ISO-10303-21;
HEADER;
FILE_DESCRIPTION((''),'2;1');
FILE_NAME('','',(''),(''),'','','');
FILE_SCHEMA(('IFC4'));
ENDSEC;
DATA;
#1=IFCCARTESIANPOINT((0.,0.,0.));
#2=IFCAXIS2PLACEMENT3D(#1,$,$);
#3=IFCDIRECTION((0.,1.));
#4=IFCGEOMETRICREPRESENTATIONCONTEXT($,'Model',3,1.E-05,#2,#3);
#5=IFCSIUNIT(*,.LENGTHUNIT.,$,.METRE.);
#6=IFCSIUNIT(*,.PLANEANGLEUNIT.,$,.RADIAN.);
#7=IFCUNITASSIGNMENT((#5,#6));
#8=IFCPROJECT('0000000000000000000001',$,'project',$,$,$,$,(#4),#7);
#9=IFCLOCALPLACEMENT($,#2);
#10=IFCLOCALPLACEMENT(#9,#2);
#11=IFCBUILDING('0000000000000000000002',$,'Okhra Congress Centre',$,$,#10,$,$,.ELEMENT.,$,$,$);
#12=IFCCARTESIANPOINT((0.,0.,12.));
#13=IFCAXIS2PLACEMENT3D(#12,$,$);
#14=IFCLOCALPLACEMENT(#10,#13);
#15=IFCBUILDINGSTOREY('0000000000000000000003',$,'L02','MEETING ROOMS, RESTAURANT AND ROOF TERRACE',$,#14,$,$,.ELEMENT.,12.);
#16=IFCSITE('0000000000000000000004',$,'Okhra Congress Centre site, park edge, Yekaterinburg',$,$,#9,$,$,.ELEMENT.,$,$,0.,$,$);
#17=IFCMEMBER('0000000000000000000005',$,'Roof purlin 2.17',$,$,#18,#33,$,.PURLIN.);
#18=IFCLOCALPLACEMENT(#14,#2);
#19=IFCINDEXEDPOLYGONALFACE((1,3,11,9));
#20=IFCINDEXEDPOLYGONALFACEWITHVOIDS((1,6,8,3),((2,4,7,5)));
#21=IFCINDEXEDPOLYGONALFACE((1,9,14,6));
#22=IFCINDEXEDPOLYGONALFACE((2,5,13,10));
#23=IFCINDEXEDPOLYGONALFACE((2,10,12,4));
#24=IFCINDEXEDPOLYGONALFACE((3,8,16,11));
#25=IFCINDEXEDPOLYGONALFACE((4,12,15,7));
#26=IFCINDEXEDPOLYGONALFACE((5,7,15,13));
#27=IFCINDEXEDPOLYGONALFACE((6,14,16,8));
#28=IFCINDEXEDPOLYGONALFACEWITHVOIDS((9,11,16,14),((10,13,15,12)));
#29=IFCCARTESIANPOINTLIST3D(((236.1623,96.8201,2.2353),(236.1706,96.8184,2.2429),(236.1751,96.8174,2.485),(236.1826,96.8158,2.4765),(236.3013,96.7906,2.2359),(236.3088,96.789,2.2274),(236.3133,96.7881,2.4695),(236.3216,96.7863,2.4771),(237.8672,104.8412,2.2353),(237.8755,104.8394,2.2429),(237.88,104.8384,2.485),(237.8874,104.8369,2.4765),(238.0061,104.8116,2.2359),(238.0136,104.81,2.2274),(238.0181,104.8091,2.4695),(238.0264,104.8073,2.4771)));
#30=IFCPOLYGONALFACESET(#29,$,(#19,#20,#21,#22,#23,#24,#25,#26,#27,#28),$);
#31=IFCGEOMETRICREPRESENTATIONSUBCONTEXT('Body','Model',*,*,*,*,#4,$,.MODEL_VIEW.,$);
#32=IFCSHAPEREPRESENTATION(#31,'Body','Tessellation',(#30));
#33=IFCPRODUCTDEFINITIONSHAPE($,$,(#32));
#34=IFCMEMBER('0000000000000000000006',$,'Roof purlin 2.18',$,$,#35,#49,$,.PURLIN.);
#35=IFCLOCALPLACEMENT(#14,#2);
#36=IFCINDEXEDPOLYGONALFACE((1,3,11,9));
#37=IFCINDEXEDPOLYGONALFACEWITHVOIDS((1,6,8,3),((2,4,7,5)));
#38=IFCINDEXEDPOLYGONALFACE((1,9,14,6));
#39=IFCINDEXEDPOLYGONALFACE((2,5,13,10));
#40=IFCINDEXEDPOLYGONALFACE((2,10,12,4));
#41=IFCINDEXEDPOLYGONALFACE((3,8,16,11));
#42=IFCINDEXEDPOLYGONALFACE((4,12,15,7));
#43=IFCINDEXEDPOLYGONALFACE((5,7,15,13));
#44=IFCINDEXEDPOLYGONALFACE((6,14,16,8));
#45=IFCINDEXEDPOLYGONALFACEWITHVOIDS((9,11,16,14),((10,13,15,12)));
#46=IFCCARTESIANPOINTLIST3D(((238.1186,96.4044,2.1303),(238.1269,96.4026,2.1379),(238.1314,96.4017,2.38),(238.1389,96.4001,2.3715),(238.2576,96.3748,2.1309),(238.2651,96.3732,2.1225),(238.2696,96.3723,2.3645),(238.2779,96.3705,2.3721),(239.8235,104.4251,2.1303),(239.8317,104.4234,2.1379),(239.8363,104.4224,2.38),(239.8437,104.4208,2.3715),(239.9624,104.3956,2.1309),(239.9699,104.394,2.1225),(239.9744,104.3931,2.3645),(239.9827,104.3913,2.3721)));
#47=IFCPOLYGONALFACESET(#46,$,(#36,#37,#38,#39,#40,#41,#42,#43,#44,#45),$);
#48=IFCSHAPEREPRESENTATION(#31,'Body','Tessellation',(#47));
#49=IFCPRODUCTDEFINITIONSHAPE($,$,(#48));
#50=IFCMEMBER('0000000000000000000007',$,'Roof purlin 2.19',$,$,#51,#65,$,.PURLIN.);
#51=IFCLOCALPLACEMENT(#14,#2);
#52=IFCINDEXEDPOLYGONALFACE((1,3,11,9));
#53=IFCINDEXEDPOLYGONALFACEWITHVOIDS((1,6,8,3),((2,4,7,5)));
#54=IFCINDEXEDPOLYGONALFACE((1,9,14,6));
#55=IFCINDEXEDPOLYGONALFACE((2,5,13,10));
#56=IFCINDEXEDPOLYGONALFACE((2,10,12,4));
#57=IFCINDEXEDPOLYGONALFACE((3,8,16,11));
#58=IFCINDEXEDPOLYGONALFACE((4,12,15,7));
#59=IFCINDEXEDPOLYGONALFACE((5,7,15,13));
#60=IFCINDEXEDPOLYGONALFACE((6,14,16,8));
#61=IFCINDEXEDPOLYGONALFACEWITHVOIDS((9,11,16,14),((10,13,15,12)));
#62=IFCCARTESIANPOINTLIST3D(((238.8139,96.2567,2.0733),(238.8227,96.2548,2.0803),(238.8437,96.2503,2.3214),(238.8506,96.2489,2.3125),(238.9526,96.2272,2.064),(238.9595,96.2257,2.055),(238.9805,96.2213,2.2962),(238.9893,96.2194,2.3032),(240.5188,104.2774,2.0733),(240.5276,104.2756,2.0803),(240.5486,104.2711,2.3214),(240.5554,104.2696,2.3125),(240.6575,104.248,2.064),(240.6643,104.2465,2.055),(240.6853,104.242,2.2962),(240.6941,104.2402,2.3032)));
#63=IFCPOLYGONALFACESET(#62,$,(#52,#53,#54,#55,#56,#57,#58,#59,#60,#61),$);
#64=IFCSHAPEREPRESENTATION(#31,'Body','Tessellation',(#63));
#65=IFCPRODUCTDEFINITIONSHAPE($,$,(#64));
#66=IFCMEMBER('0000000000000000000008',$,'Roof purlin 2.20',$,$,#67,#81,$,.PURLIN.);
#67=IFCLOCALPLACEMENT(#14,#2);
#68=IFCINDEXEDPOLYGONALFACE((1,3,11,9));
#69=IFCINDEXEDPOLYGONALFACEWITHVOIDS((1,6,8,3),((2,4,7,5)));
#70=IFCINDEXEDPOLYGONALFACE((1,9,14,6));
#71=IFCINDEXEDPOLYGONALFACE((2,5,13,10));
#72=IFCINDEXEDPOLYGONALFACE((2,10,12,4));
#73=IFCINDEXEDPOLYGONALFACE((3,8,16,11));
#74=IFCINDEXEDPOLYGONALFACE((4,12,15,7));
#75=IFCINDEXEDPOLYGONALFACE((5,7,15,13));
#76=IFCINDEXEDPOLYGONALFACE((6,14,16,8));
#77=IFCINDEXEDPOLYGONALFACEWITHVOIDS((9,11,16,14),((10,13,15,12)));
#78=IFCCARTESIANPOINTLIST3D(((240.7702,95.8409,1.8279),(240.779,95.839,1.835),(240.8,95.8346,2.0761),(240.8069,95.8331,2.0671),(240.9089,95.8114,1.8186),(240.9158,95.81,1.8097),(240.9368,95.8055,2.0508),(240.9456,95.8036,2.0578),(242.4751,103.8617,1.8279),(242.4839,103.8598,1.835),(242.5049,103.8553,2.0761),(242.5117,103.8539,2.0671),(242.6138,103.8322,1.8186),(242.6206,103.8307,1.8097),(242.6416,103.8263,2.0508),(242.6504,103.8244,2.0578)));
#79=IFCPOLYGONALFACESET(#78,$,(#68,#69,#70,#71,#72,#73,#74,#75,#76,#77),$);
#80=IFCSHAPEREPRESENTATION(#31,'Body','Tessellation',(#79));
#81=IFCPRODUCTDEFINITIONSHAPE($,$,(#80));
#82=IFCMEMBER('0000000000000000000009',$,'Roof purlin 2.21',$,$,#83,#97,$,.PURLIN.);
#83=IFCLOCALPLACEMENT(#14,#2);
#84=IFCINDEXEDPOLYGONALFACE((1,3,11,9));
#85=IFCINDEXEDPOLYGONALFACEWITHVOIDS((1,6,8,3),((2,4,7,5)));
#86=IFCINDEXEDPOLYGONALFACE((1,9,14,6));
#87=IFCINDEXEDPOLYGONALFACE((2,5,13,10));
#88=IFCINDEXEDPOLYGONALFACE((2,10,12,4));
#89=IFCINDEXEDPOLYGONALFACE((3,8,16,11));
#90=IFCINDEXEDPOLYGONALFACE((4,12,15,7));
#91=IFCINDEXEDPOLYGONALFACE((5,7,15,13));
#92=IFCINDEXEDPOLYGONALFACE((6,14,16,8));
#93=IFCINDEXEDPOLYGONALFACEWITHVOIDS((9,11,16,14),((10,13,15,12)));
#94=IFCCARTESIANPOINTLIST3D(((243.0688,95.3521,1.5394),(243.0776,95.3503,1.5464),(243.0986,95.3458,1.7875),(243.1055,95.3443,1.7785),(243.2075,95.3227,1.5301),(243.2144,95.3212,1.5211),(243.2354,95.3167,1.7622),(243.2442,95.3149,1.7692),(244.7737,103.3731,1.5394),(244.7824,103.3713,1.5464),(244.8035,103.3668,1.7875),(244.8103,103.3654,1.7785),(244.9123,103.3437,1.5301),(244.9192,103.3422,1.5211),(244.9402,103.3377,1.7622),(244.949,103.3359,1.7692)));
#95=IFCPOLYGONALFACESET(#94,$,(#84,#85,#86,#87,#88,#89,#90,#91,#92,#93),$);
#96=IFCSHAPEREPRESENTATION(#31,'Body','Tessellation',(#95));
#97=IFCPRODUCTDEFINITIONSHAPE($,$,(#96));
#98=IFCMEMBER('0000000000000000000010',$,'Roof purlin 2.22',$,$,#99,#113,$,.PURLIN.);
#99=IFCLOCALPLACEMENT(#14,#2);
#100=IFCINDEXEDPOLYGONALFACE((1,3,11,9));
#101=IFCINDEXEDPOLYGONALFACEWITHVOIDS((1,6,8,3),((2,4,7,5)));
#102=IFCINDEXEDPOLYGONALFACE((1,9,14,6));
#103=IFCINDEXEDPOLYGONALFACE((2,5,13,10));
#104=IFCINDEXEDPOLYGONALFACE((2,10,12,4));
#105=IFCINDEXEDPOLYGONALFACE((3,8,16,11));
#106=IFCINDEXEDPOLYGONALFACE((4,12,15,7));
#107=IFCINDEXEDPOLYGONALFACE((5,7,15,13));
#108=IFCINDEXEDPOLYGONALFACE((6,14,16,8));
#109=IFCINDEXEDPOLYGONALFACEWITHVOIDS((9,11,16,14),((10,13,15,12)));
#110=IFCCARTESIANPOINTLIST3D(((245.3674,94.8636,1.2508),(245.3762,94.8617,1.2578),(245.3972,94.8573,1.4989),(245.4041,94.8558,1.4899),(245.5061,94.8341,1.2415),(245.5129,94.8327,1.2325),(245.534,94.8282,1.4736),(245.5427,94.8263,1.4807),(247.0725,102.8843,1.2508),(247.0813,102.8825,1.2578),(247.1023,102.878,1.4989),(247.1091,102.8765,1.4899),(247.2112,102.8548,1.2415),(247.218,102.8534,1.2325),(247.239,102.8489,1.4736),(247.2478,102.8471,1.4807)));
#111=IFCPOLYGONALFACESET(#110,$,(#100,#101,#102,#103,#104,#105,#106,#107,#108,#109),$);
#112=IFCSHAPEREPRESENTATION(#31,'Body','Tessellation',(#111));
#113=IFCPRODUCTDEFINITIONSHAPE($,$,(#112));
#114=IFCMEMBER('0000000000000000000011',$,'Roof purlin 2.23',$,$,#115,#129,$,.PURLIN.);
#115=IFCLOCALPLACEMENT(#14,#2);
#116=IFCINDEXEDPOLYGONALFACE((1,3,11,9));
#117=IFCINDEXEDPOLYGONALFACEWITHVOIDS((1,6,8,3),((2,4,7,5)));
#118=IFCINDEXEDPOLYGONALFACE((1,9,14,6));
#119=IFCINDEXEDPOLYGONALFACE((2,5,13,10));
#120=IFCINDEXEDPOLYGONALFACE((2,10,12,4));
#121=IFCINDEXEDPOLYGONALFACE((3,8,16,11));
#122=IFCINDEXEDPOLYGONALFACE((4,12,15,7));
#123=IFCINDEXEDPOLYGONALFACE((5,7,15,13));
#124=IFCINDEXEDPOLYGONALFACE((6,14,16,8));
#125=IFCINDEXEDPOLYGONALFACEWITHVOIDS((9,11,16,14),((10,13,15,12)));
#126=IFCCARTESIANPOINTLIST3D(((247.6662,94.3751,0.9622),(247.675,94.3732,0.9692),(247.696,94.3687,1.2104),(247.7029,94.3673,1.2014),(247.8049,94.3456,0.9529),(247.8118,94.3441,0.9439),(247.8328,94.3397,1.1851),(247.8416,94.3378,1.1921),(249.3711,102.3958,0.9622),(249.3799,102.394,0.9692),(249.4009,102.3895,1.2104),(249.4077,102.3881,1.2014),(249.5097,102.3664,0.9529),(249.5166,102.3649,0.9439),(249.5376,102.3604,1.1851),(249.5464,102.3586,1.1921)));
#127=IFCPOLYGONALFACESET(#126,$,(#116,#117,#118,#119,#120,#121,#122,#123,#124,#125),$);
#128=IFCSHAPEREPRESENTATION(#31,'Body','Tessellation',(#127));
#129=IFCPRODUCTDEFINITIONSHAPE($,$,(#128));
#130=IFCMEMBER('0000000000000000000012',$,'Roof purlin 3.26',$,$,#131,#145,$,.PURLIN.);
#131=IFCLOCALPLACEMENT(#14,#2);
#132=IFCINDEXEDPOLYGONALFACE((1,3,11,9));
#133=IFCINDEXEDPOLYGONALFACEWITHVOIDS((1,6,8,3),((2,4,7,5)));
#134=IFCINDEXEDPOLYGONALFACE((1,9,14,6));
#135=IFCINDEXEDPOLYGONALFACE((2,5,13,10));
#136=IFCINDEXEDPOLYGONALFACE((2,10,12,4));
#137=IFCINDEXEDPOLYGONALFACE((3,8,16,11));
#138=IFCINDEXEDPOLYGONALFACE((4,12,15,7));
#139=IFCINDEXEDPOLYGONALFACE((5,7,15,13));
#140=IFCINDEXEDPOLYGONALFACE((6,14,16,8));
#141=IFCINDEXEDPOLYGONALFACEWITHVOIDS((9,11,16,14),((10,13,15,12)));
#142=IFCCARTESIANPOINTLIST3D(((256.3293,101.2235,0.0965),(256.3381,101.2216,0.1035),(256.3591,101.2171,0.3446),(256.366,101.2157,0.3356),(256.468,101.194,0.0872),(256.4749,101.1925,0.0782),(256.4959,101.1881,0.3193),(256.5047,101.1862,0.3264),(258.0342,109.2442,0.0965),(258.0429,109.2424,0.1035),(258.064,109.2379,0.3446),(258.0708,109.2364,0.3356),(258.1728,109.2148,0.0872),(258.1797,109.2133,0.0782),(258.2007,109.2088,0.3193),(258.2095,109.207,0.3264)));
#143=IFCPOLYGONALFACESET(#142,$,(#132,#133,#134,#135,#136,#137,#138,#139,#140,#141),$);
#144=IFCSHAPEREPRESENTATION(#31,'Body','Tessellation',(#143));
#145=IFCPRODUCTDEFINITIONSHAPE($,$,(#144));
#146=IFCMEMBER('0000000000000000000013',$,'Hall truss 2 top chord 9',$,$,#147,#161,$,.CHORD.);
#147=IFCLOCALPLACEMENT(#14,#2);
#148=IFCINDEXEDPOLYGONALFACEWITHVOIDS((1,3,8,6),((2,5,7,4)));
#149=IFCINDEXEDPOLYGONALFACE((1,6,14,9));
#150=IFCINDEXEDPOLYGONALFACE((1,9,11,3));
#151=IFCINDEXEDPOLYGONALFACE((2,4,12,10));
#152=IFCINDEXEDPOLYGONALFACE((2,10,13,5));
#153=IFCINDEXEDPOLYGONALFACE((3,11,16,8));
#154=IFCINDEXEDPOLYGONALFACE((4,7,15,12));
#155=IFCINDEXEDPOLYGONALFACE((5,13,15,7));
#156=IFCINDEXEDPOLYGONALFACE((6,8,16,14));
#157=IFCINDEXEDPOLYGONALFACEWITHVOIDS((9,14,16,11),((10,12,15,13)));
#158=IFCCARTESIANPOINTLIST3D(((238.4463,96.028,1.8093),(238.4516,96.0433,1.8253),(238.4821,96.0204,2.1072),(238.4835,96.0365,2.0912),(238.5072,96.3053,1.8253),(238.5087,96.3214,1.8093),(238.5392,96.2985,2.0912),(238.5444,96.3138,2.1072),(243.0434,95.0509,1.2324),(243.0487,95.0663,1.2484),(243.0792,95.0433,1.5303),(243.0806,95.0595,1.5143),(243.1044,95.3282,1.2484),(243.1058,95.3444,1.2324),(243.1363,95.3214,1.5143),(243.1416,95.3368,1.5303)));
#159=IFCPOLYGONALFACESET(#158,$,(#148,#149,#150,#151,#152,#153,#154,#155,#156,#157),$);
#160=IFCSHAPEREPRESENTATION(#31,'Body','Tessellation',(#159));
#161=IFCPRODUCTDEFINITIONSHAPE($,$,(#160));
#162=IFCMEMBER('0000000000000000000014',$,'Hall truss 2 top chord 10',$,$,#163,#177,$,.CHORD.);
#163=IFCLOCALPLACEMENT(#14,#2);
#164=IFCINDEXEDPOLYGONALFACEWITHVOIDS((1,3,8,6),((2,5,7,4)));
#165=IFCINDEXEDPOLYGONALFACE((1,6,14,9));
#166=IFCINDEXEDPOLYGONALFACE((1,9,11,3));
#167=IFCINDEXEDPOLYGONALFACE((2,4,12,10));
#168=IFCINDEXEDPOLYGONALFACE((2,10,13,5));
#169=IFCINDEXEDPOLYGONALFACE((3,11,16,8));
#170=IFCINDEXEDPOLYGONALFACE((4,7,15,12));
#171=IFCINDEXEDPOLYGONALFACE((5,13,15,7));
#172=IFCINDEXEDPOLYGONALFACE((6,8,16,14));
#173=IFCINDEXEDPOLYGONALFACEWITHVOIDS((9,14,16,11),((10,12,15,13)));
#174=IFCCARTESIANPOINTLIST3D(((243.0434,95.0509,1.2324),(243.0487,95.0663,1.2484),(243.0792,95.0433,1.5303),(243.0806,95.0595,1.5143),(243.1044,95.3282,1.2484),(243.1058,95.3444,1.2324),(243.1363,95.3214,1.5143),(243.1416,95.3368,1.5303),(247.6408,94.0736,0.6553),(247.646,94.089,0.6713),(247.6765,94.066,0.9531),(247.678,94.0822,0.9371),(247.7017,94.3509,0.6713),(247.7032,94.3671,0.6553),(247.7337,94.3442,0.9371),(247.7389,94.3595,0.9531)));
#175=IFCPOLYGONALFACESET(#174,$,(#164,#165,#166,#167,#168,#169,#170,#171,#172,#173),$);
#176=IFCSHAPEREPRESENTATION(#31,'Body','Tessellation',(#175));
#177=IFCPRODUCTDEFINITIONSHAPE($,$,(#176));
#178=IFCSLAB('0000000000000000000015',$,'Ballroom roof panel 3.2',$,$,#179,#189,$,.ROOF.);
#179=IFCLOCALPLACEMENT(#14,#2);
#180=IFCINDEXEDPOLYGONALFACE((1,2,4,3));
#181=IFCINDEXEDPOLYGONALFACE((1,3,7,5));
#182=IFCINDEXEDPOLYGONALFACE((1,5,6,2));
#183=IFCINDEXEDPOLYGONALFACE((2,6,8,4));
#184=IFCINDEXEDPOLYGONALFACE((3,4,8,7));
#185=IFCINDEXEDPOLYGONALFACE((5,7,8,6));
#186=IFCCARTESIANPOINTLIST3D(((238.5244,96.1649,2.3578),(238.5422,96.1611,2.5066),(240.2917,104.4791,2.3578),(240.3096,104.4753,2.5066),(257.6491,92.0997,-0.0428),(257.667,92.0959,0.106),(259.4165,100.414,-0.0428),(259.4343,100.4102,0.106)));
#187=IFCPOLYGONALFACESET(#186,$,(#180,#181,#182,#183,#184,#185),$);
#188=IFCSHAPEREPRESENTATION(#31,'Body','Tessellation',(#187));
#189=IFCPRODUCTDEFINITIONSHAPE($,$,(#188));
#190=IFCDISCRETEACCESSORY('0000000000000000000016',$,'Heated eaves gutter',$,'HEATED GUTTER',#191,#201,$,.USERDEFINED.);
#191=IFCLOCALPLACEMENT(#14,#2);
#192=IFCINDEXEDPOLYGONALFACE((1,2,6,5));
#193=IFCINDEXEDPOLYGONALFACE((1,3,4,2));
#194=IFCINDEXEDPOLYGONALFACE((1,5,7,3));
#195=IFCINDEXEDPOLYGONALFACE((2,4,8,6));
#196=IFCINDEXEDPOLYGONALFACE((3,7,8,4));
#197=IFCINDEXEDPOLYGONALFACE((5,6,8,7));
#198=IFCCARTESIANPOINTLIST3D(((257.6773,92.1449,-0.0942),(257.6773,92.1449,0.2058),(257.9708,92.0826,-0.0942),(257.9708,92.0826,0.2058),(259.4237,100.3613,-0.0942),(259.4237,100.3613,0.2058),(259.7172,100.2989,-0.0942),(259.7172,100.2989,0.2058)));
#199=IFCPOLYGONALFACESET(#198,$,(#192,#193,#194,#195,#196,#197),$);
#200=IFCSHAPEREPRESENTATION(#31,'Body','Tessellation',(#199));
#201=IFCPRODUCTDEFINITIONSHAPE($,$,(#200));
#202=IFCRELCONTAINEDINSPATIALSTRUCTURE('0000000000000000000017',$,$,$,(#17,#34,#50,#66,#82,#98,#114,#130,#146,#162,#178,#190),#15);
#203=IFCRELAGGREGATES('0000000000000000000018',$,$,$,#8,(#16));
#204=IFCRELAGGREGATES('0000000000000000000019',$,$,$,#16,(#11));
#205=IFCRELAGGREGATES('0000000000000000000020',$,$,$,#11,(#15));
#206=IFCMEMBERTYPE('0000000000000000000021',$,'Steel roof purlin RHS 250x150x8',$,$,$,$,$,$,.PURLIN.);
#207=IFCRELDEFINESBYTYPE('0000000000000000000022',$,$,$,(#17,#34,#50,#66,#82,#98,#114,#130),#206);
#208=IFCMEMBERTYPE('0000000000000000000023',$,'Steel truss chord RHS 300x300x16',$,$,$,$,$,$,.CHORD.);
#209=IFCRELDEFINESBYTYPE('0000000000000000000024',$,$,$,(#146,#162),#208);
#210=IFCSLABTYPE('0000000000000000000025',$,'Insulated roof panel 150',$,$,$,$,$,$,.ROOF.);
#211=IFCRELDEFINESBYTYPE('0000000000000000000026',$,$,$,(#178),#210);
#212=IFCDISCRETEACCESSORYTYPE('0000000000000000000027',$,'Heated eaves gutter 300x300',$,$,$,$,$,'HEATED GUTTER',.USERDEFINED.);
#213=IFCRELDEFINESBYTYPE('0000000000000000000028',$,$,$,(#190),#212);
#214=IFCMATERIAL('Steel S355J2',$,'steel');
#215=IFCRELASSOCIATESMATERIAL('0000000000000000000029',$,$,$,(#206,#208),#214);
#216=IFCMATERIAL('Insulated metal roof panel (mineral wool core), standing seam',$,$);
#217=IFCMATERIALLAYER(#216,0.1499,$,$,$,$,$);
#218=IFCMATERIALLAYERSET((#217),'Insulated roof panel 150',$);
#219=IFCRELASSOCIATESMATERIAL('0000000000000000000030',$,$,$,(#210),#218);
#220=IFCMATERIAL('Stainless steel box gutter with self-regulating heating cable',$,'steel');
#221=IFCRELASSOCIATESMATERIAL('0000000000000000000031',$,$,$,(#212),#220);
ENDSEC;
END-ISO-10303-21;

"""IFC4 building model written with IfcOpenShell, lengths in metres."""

from ifc_helpers import new_model, si_unit, direction, frame, origin, origin_2d, place, context, subcontext, project, spatial, polyline, rectangle, hollow_rectangle, outline, extrude, material, layer, layer_set, material_profile, profile_set, type_object, element, save


model = new_model("IFC4")

# Units and contexts
model_context = context("Model", 3, precision=1e-05, world=origin(), true_north=direction((0.0, 1.0)))
body_context = subcontext(model_context, "Body", "Model", "MODEL_VIEW")
ifc_project = project(units=[si_unit("LENGTHUNIT", "METRE"), si_unit("PLANEANGLEUNIT", "RADIAN")], contexts=[model_context])

# Site, building, storey
site_placement = place(None, origin())
site = spatial("IfcSite", under=ifc_project, at=site_placement, Name="Okhra Congress Centre site, park edge, Yekaterinburg", CompositionType="ELEMENT", RefElevation=0.0)
building_placement = place(site_placement, origin())
building = spatial("IfcBuilding", under=site, at=building_placement, Name="Okhra Congress Centre", CompositionType="ELEMENT")
storey_placement = place(building_placement, frame((0.0, 0.0, 12.0)))
storey = spatial("IfcBuildingStorey", under=building, at=storey_placement, Name="L02", Description="MEETING ROOMS, RESTAURANT AND ROOF TERRACE", CompositionType="ELEMENT", Elevation=12.0)

# Members
ifc_material_1 = material(Name="Steel S355J2", Category="steel")
ifc_material_profile_1 = material_profile(ifc_material_1, hollow_rectangle(XDim=0.1499, YDim=0.25, WallThickness=0.0081, at=origin_2d()), Name="RHS 250x150x8")
ifc_profile_set_1 = profile_set([ifc_material_profile_1], Name="Steel S355J2")
member_type_1 = type_object("IfcMemberType", Name="Steel roof purlin RHS 250x150x8", PredefinedType="PURLIN", material=ifc_profile_set_1)
member_1_placement = place(storey_placement, frame((236.2419, 96.8032, 2.3562), z_axis=(0.207902, 0.97815, 0.0), x_axis=(-0.976809, 0.207617, 0.052336)))
element("IfcMember", 1, at=member_1_placement, inside=storey, type_object=member_type_1, Name="Roof purlin 2.17", PredefinedType="PURLIN", context=body_context, shape_type="SweptSolid", body=[
    extrude(hollow_rectangle(XDim=0.1499, YDim=0.25, WallThickness=0.0081, at=origin_2d()), origin(), (0.0, 0.0, 1.0), 8.2002),
])
for number, where, z_axis, x_axis, name in (
    (2, (238.1982, 96.3875, 2.2512), (0.207908, 0.978148, 0.0), (-0.976808, 0.207623, 0.052336), "Roof purlin 2.18"),
    (3, (238.9016, 96.238, 2.1882), (0.207908, 0.978148, 0.0), (-0.970857, 0.206359, 0.121869), "Roof purlin 2.19"),
    (4, (240.8579, 95.8223, 1.9429), (0.207908, 0.978148, 0.0), (-0.970857, 0.206359, 0.121869), "Roof purlin 2.20"),
):
    element("IfcMember", number, at=place(storey_placement, frame(where, z_axis=z_axis, x_axis=x_axis)), inside=storey, type_object=member_type_1, Name=name, PredefinedType="PURLIN", context=body_context, shape_type="SweptSolid", body=[
        extrude(hollow_rectangle(XDim=0.1499, YDim=0.25, WallThickness=0.0081, at=origin_2d()), origin(), (0.0, 0.0, 1.0), 8.2),
    ])
member_2_placement = place(storey_placement, frame((243.1565, 95.3335, 1.6543), z_axis=(0.207902, 0.97815, 0.0), x_axis=(-0.970859, 0.206353, 0.121869)))
element("IfcMember", 5, at=member_2_placement, inside=storey, type_object=member_type_1, Name="Roof purlin 2.21", PredefinedType="PURLIN", context=body_context, shape_type="SweptSolid", body=[
    extrude(hollow_rectangle(XDim=0.1499, YDim=0.25, WallThickness=0.0081, at=origin_2d()), origin(), (0.0, 0.0, 1.0), 8.2002),
])
for number, where, z_axis, x_axis, name in (
    (6, (245.4551, 94.845, 1.3657), (0.207937, 0.978142, 0.0), (-0.970851, 0.206387, 0.121869), "Roof purlin 2.22"),
    (7, (247.7539, 94.3564, 1.0771), (0.207908, 0.978148, 0.0), (-0.970857, 0.206359, 0.121869), "Roof purlin 2.23"),
    (8, (256.417, 101.2048, 0.2114), (0.207908, 0.978148, 0.0), (-0.970857, 0.206359, 0.121869), "Roof purlin 3.26"),
):
    element("IfcMember", number, at=place(storey_placement, frame(where, z_axis=z_axis, x_axis=x_axis)), inside=storey, type_object=member_type_1, Name=name, PredefinedType="PURLIN", context=body_context, shape_type="SweptSolid", body=[
        extrude(hollow_rectangle(XDim=0.1499, YDim=0.25, WallThickness=0.0081, at=origin_2d()), origin(), (0.0, 0.0, 1.0), 8.2),
    ])
ifc_material_profile_2 = material_profile(ifc_material_1, hollow_rectangle(XDim=0.3, YDim=0.3, WallThickness=0.0161, at=origin_2d()), Name="RHS 300x300x16")
ifc_profile_set_2 = profile_set([ifc_material_profile_2], Name="Steel S355J2")
member_type_2 = type_object("IfcMemberType", Name="Steel truss chord RHS 300x300x16", PredefinedType="CHORD", material=ifc_profile_set_2)
member_3_placement = place(storey_placement, frame((238.4954, 96.1709, 1.9583), z_axis=(0.970865, -0.206341, -0.121835), x_axis=(0.20789, 0.978152, 0.0)))
element("IfcMember", 9, at=member_3_placement, inside=storey, type_object=member_type_2, Name="Hall truss 2 top chord 9", PredefinedType="CHORD", context=body_context, shape_type="SweptSolid", body=[
    extrude(hollow_rectangle(XDim=0.3, YDim=0.3, WallThickness=0.0161, at=origin_2d()), origin(), (0.0, 0.0, 1.0), 4.7351),
])
member_4_placement = place(storey_placement, frame((243.0925, 95.1938, 1.3813), z_axis=(0.970852, -0.206379, -0.121878), x_axis=(0.207929, 0.978144, 0.0)))
element("IfcMember", 10, at=member_4_placement, inside=storey, type_object=member_type_2, Name="Hall truss 2 top chord 10", PredefinedType="CHORD", context=body_context, shape_type="SweptSolid", body=[
    extrude(hollow_rectangle(XDim=0.3, YDim=0.3, WallThickness=0.0161, at=origin_2d()), origin(), (0.0, 0.0, 1.0), 4.7354),
])

# Slab
ifc_material_2 = material(Name="Insulated metal roof panel (mineral wool core), standing seam")
ifc_layer_1 = layer(ifc_material_2, 0.1499)
ifc_layer_set_1 = layer_set([ifc_layer_1], Name="Insulated roof panel 150")
slab_type = type_object("IfcSlabType", Name="Insulated roof panel 150", PredefinedType="ROOF", material=ifc_layer_set_1)
slab_placement = place(storey_placement, frame((238.5422, 96.1611, 2.5066), z_axis=(0.119203, -0.025339, 0.992546), x_axis=(0.970856, -0.206367, -0.121867)))
element("IfcSlab", 11, at=slab_placement, inside=storey, type_object=slab_type, Name="Ballroom roof panel 3.2", PredefinedType="ROOF", context=body_context, shape_type="SweptSolid", body=[
    extrude(outline(polyline([(0.0, 0.0), (19.6989, 0.0), (19.6989, 8.5), (0.0001, 8.5), (0.0, 0.0)])), origin(), (0.0, 0.0, -1.0), 0.1499),
])

# Discrete accessory
ifc_material_3 = material(Name="Stainless steel box gutter with self-regulating heating cable", Category="steel")
discrete_accessory_type_1 = type_object("IfcDiscreteAccessoryType", Name="Heated eaves gutter 300x300", ElementType="HEATED GUTTER", PredefinedType="USERDEFINED", material=ifc_material_3)
discrete_accessory_1_placement = place(storey_placement, frame((258.6973, 96.2219, -0.0942), z_axis=(0.0, 0.0, 1.0), x_axis=(0.978148, -0.207912, 0.0)))
element("IfcDiscreteAccessory", 12, at=discrete_accessory_1_placement, inside=storey, type_object=discrete_accessory_type_1, Name="Heated eaves gutter", ObjectType="HEATED GUTTER", PredefinedType="USERDEFINED", context=body_context, shape_type="SweptSolid", body=[
    extrude(rectangle(XDim=0.3, YDim=8.3999, at=origin_2d()), origin(), (0.0, 0.0, 1.0), 0.3),
])

save(model, "model.ifc")
